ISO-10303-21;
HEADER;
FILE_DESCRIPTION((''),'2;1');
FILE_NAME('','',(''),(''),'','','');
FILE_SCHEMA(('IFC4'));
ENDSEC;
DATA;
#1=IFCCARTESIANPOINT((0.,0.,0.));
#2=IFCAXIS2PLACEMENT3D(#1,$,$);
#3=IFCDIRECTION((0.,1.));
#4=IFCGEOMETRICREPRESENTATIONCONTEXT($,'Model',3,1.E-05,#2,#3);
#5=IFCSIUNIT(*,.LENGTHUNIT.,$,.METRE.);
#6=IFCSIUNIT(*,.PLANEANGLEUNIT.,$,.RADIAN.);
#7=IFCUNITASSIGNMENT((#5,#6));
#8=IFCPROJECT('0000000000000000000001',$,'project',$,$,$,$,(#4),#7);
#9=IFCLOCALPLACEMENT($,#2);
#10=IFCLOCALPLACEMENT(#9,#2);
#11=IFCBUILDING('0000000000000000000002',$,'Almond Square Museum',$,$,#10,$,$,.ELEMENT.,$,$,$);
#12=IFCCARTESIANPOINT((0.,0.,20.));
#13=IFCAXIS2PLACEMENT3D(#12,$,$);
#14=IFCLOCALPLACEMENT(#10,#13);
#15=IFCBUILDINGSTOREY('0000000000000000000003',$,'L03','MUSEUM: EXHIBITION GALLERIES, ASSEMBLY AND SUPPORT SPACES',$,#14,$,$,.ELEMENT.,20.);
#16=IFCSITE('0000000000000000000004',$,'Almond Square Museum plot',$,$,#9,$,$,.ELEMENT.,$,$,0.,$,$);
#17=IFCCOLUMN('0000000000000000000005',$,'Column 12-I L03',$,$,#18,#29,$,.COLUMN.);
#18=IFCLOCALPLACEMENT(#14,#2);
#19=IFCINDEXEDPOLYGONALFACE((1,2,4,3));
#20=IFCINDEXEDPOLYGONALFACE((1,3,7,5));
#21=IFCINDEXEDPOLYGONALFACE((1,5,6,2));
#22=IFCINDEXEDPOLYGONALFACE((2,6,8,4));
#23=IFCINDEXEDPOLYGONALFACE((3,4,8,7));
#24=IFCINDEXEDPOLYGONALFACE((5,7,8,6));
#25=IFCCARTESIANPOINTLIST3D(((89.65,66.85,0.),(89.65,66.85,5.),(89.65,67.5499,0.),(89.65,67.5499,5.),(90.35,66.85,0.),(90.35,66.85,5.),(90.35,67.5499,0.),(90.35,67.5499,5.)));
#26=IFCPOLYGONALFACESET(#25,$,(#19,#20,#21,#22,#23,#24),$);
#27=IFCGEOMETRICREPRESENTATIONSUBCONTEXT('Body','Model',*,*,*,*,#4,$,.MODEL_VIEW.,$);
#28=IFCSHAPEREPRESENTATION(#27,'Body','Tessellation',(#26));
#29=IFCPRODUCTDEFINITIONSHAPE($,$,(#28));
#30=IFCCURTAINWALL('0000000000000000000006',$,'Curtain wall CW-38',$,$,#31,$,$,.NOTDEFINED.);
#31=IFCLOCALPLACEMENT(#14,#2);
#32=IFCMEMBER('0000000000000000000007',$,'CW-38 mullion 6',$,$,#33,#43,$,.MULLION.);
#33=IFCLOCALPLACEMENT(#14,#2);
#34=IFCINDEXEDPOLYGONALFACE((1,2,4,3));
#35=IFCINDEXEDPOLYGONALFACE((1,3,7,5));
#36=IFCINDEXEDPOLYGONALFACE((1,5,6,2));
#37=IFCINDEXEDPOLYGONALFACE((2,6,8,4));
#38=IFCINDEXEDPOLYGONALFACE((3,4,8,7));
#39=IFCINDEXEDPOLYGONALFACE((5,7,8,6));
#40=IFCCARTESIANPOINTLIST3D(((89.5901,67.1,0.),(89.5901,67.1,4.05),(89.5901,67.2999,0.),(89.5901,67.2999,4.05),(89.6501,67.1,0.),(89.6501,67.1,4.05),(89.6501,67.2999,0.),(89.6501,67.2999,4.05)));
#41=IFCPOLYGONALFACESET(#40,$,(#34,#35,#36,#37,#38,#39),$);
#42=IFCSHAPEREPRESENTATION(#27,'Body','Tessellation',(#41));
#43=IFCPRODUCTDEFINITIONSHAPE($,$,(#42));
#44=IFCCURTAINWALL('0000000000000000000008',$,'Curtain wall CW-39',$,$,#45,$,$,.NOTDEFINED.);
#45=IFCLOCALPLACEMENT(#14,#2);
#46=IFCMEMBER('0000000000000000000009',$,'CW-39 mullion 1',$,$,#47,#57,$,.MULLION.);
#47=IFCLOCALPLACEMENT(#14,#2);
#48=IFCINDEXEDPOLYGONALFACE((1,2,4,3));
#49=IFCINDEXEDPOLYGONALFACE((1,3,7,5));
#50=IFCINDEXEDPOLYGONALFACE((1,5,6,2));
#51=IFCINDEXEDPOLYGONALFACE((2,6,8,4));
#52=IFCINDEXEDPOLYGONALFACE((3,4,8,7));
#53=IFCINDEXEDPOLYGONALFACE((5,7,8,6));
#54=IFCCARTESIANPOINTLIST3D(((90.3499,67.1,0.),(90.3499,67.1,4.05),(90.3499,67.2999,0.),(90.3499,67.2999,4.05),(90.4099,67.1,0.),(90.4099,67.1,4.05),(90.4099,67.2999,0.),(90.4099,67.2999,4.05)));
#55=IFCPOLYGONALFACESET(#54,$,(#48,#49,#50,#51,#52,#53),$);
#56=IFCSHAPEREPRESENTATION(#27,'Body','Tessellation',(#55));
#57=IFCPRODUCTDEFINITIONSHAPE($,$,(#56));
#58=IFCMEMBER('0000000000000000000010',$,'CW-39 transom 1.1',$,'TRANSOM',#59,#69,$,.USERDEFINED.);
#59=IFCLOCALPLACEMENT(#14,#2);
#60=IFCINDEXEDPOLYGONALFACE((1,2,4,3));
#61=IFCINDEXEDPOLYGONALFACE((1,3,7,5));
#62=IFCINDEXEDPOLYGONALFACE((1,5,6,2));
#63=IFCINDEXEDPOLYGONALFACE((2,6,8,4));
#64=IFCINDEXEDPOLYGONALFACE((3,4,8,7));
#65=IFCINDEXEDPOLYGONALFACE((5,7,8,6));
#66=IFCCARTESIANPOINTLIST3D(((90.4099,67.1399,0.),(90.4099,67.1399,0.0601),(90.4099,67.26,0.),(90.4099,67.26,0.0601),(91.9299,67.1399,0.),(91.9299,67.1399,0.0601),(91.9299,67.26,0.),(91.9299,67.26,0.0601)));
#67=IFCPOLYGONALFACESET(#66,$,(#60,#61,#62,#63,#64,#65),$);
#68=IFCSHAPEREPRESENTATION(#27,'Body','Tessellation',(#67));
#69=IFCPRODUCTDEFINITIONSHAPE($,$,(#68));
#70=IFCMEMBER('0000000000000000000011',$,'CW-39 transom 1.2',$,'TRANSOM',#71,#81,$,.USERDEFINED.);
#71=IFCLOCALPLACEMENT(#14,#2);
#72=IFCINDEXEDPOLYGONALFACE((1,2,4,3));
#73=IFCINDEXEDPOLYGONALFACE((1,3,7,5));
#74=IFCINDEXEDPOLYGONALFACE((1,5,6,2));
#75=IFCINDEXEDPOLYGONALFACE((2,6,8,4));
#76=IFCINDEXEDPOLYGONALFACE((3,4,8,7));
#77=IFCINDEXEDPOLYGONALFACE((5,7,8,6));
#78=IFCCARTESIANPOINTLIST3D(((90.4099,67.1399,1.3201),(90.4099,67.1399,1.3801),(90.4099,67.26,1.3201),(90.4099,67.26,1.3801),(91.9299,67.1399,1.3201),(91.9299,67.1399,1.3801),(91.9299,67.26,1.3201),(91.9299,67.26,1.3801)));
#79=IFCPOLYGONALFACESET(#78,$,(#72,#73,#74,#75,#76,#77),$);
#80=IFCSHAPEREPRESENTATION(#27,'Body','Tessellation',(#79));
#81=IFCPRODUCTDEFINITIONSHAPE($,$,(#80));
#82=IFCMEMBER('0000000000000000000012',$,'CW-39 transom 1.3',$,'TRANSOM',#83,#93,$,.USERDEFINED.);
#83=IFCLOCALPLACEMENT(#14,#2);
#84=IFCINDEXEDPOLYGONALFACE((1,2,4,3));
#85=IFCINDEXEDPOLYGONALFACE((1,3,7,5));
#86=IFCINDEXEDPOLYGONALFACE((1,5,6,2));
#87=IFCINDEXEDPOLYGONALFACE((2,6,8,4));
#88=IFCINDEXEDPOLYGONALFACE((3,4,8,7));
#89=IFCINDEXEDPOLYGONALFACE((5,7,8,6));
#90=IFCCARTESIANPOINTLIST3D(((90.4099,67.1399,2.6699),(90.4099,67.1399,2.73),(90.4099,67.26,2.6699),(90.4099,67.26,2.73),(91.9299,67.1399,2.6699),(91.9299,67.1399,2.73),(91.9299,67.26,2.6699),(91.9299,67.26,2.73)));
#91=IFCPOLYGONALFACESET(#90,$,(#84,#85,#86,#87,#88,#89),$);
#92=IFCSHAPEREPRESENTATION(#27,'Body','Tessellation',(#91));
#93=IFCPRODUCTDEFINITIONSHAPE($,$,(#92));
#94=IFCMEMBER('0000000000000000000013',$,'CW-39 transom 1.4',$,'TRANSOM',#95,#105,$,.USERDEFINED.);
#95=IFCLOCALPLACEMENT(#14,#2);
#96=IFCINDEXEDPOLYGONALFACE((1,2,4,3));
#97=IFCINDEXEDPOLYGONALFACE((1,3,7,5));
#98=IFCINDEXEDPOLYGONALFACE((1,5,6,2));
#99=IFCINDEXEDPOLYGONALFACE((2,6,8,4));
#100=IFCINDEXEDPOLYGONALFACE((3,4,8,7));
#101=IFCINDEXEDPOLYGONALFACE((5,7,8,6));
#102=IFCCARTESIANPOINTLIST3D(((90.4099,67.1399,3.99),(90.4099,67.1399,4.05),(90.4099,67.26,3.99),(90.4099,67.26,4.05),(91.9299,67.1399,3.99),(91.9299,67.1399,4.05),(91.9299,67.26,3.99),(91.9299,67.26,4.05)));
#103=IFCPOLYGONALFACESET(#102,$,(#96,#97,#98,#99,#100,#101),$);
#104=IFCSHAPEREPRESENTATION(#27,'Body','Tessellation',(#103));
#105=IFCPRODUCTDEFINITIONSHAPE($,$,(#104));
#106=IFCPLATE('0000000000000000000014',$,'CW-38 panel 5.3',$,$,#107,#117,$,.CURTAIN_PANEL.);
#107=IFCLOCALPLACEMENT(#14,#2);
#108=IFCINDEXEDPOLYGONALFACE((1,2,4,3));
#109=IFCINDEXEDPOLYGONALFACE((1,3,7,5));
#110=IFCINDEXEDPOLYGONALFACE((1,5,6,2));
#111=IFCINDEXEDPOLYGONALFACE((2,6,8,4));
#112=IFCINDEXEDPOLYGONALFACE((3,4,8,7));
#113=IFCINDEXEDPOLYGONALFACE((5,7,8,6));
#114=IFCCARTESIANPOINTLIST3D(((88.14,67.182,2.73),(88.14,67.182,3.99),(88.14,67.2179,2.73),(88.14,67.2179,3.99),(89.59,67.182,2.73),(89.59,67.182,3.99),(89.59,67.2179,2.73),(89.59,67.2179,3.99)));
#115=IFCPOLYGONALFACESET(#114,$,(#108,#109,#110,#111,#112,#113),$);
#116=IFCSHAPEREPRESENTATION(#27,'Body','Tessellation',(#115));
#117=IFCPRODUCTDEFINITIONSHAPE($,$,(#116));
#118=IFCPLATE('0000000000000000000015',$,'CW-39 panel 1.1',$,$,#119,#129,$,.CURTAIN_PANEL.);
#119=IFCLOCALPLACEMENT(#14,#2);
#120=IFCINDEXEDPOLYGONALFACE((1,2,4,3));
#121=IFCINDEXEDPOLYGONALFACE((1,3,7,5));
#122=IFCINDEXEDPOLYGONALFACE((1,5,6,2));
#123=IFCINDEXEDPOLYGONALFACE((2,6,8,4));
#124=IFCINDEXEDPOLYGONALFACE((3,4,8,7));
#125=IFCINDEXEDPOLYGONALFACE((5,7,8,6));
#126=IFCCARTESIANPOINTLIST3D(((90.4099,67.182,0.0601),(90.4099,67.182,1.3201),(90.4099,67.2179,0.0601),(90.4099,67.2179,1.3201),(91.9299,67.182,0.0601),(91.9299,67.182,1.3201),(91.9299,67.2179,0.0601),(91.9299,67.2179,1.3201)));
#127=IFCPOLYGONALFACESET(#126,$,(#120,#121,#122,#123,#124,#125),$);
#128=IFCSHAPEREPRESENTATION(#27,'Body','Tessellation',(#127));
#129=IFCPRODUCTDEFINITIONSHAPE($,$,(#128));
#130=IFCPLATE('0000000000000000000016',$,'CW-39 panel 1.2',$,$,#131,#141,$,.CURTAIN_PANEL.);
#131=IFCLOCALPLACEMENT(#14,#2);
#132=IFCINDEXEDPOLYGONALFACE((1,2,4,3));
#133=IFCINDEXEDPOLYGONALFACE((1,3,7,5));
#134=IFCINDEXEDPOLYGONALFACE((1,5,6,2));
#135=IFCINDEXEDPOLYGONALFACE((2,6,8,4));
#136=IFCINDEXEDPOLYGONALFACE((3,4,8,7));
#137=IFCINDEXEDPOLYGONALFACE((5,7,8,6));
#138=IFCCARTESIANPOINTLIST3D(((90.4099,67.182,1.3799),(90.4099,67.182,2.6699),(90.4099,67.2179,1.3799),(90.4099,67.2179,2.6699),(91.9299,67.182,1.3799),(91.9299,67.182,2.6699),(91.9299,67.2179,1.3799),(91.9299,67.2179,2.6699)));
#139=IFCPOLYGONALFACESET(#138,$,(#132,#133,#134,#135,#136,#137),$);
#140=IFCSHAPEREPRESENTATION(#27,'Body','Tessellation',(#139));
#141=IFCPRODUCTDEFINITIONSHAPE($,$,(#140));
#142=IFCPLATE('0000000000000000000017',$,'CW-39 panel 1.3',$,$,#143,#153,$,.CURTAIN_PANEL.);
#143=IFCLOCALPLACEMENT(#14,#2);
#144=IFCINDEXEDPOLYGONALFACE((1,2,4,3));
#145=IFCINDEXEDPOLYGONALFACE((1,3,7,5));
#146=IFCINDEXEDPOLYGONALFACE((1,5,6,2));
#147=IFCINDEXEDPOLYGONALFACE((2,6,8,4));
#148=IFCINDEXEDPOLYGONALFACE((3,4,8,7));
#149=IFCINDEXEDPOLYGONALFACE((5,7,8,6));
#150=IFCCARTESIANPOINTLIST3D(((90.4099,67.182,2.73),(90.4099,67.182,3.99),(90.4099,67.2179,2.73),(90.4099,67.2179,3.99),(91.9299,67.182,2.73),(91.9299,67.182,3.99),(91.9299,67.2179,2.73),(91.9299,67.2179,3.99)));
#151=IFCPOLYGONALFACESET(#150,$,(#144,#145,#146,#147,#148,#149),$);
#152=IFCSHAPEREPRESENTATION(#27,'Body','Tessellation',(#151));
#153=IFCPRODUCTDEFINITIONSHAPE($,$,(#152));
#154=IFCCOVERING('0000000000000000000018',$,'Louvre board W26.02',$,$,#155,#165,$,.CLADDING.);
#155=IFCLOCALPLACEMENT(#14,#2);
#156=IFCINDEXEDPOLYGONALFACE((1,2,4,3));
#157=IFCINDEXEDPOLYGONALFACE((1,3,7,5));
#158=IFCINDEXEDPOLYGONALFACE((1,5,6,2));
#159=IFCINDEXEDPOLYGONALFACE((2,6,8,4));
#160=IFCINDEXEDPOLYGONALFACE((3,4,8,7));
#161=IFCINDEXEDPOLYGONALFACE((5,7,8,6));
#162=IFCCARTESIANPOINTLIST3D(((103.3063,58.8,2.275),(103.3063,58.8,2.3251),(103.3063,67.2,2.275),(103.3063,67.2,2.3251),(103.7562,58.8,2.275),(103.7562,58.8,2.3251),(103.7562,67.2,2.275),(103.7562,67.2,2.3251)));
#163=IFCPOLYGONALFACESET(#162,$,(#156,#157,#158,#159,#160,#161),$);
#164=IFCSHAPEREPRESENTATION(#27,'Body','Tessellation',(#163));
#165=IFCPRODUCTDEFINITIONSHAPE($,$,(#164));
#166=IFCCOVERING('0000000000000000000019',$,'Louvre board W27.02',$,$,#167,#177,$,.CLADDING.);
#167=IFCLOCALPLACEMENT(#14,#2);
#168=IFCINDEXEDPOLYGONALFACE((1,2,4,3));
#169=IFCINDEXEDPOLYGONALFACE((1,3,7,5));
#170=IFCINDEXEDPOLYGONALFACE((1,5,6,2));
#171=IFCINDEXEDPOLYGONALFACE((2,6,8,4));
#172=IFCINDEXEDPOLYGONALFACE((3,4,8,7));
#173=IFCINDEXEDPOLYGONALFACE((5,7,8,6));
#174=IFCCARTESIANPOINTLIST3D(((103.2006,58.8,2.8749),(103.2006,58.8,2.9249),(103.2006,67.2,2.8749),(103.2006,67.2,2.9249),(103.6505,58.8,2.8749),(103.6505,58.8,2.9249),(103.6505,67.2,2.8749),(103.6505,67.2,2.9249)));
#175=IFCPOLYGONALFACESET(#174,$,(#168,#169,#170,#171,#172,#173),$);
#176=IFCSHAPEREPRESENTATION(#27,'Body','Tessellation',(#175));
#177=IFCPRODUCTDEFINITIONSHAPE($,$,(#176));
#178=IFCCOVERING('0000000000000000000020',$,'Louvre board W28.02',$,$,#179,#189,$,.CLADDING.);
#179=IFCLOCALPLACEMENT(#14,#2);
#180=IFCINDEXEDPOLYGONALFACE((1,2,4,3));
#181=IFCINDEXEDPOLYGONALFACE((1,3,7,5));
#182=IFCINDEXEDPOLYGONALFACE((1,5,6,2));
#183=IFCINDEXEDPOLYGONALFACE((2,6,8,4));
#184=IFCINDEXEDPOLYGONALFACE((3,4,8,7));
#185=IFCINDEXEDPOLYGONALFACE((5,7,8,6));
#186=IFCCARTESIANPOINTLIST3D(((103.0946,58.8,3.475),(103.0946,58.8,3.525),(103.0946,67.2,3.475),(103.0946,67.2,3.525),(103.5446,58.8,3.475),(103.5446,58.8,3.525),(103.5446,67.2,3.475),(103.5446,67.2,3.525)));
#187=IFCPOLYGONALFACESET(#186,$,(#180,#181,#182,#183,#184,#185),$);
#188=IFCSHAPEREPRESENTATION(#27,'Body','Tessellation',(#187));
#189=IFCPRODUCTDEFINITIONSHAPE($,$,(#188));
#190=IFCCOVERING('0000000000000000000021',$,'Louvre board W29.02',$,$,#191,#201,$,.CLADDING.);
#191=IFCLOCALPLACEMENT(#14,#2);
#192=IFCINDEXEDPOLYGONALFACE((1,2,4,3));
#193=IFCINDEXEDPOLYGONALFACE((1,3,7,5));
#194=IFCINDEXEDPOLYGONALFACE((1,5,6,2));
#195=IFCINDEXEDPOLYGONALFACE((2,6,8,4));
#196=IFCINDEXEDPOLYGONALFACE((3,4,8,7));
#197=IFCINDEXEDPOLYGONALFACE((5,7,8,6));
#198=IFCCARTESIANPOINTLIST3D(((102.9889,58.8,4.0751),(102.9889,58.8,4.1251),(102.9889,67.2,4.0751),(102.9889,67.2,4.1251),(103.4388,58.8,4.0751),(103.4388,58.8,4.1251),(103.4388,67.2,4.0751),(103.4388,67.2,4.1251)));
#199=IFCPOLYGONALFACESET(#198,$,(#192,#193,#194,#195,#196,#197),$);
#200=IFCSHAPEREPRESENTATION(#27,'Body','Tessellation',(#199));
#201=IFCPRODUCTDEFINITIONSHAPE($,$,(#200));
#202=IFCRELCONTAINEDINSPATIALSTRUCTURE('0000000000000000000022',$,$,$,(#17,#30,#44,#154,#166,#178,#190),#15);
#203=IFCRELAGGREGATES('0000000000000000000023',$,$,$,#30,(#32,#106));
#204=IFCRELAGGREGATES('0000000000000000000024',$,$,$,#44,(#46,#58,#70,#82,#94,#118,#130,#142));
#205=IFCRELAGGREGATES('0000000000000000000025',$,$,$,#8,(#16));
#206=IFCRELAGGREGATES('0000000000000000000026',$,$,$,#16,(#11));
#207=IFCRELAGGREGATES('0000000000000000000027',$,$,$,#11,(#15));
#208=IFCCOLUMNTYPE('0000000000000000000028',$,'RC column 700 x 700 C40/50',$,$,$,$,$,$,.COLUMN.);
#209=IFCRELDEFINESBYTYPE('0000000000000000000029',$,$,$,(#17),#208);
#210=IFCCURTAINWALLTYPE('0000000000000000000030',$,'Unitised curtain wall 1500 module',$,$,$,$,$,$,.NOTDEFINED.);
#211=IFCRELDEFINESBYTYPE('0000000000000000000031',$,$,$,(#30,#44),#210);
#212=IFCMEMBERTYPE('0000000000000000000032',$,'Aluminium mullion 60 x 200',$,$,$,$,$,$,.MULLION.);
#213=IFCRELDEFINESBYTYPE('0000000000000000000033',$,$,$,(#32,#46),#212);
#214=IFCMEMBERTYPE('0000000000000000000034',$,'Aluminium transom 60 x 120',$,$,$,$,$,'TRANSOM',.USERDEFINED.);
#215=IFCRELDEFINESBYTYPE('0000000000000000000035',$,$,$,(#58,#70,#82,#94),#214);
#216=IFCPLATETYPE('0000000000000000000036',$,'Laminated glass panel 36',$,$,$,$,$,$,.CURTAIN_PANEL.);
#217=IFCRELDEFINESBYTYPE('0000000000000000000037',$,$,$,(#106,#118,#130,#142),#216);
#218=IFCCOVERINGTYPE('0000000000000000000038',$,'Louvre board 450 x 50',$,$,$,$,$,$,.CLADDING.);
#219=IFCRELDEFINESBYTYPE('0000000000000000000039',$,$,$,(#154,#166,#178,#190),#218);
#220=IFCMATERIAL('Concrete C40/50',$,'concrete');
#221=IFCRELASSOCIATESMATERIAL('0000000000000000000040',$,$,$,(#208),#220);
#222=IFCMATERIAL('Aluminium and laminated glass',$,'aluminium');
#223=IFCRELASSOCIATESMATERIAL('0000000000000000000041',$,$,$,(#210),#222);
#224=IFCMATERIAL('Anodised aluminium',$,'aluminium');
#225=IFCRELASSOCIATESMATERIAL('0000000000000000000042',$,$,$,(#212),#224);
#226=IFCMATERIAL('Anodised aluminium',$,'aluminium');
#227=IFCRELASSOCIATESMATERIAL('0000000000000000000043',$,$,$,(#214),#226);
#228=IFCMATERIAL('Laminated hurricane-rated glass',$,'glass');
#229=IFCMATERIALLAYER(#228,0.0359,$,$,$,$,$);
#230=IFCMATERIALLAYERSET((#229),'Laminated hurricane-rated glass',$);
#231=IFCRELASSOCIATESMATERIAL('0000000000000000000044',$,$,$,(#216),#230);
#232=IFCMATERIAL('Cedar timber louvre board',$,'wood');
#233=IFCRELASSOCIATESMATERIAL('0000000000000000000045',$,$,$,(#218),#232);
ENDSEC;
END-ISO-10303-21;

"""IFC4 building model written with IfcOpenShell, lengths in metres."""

from ifc_helpers import new_model, si_unit, direction, frame, origin, origin_2d, place, context, subcontext, project, spatial, rectangle, extrude, material, layer, layer_set, material_profile, profile_set, type_object, element, aggregate, save


model = new_model("IFC4")

# Units and contexts
model_context = context("Model", 3, precision=1e-05, world=origin(), true_north=direction((0.0, 1.0)))
body_context = subcontext(model_context, "Body", "Model", "MODEL_VIEW")
ifc_project = project(units=[si_unit("LENGTHUNIT", "METRE"), si_unit("PLANEANGLEUNIT", "RADIAN")], contexts=[model_context])

# Site, building, storey
site_placement = place(None, origin())
site = spatial("IfcSite", under=ifc_project, at=site_placement, Name="Almond Square Museum plot", CompositionType="ELEMENT", RefElevation=0.0)
building_placement = place(site_placement, origin())
building = spatial("IfcBuilding", under=site, at=building_placement, Name="Almond Square Museum", CompositionType="ELEMENT")
storey_placement = place(building_placement, frame((0.0, 0.0, 20.0)))
storey = spatial("IfcBuildingStorey", under=building, at=storey_placement, Name="L03", Description="MUSEUM: EXHIBITION GALLERIES, ASSEMBLY AND SUPPORT SPACES", CompositionType="ELEMENT", Elevation=20.0)

# Column
ifc_material_1 = material(Name="Concrete C40/50", Category="concrete")
ifc_material_profile_1 = material_profile(ifc_material_1, rectangle(XDim=0.7, YDim=0.7, at=origin_2d()))
ifc_profile_set_1 = profile_set([ifc_material_profile_1], Name="Concrete C40/50")
column_type = type_object("IfcColumnType", Name="RC column 700 x 700 C40/50", PredefinedType="COLUMN", material=ifc_profile_set_1)
column_placement = place(storey_placement, frame((90.0, 67.2, 0.0), z_axis=(0.0, 0.0, 1.0), x_axis=(1.0, 0.0, 0.0)))
element("IfcColumn", 1, at=column_placement, inside=storey, type_object=column_type, Name="Column 12-I L03", PredefinedType="COLUMN", context=body_context, shape_type="SweptSolid", body=[
    extrude(rectangle(XDim=0.7, YDim=0.7, at=origin_2d()), origin(), (0.0, 0.0, 1.0), 5.0),
])

# Curtain wall, member
ifc_material_2 = material(Name="Aluminium and laminated glass", Category="aluminium")
curtain_wall_type = type_object("IfcCurtainWallType", Name="Unitised curtain wall 1500 module", PredefinedType="NOTDEFINED", material=ifc_material_2)
curtain_wall_1_placement = place(storey_placement, origin())
curtain_wall_1 = element("IfcCurtainWall", 2, at=curtain_wall_1_placement, inside=storey, type_object=curtain_wall_type, Name="Curtain wall CW-38", PredefinedType="NOTDEFINED")
ifc_material_3 = material(Name="Anodised aluminium", Category="aluminium")
ifc_material_profile_2 = material_profile(ifc_material_3, rectangle(XDim=0.2, YDim=0.0601, at=origin_2d()))
ifc_profile_set_2 = profile_set([ifc_material_profile_2], Name="Anodised aluminium")
member_type_1 = type_object("IfcMemberType", Name="Aluminium mullion 60 x 200", PredefinedType="MULLION", material=ifc_profile_set_2)
member_1_placement = place(storey_placement, frame((89.6201, 67.2, 0.0), z_axis=(0.0, 0.0, 1.0), x_axis=(0.0, 1.0, 0.0)))
member_1 = element("IfcMember", 3, at=member_1_placement, type_object=member_type_1, Name="CW-38 mullion 6", PredefinedType="MULLION", context=body_context, shape_type="SweptSolid", body=[
    extrude(rectangle(XDim=0.2, YDim=0.0601, at=origin_2d()), origin(), (0.0, 0.0, 1.0), 4.05),
])

# Curtain wall, members
curtain_wall_2_placement = place(storey_placement, origin())
curtain_wall_2 = element("IfcCurtainWall", 4, at=curtain_wall_2_placement, inside=storey, type_object=curtain_wall_type, Name="Curtain wall CW-39", PredefinedType="NOTDEFINED")
member_2_placement = place(storey_placement, frame((90.3799, 67.2, 0.0), z_axis=(0.0, 0.0, 1.0), x_axis=(0.0, 1.0, 0.0)))
member_2 = element("IfcMember", 5, at=member_2_placement, type_object=member_type_1, Name="CW-39 mullion 1", PredefinedType="MULLION", context=body_context, shape_type="SweptSolid", body=[
    extrude(rectangle(XDim=0.2, YDim=0.0601, at=origin_2d()), origin(), (0.0, 0.0, 1.0), 4.05),
])
ifc_material_4 = material(Name="Anodised aluminium", Category="aluminium")
ifc_material_profile_3 = material_profile(ifc_material_4, rectangle(XDim=0.1201, YDim=0.0601, at=origin_2d()))
ifc_profile_set_3 = profile_set([ifc_material_profile_3], Name="Anodised aluminium")
member_type_2 = type_object("IfcMemberType", Name="Aluminium transom 60 x 120", ElementType="TRANSOM", PredefinedType="USERDEFINED", material=ifc_profile_set_3)
member_3_placement = place(storey_placement, frame((90.4099, 67.2, 0.03), z_axis=(1.0, 0.0, 0.0), x_axis=(0.0, 1.0, 0.0)))
member_3 = element("IfcMember", 6, at=member_3_placement, type_object=member_type_2, Name="CW-39 transom 1.1", ObjectType="TRANSOM", PredefinedType="USERDEFINED", context=body_context, shape_type="SweptSolid", body=[
    extrude(rectangle(XDim=0.1201, YDim=0.0601, at=origin_2d()), origin(), (0.0, 0.0, 1.0), 1.52),
])
member_4_placement = place(storey_placement, frame((90.4099, 67.2, 1.3501), z_axis=(1.0, 0.0, 0.0), x_axis=(0.0, 1.0, 0.0)))
member_4 = element("IfcMember", 7, at=member_4_placement, type_object=member_type_2, Name="CW-39 transom 1.2", ObjectType="TRANSOM", PredefinedType="USERDEFINED", context=body_context, shape_type="SweptSolid", body=[
    extrude(rectangle(XDim=0.1201, YDim=0.0601, at=origin_2d()), origin(), (0.0, 0.0, 1.0), 1.52),
])
member_5_placement = place(storey_placement, frame((90.4099, 67.2, 2.7), z_axis=(1.0, 0.0, 0.0), x_axis=(0.0, 1.0, 0.0)))
member_5 = element("IfcMember", 8, at=member_5_placement, type_object=member_type_2, Name="CW-39 transom 1.3", ObjectType="TRANSOM", PredefinedType="USERDEFINED", context=body_context, shape_type="SweptSolid", body=[
    extrude(rectangle(XDim=0.1201, YDim=0.0601, at=origin_2d()), origin(), (0.0, 0.0, 1.0), 1.52),
])
member_6_placement = place(storey_placement, frame((90.4099, 67.2, 4.02), z_axis=(1.0, 0.0, 0.0), x_axis=(0.0, 1.0, 0.0)))
member_6 = element("IfcMember", 9, at=member_6_placement, type_object=member_type_2, Name="CW-39 transom 1.4", ObjectType="TRANSOM", PredefinedType="USERDEFINED", context=body_context, shape_type="SweptSolid", body=[
    extrude(rectangle(XDim=0.1201, YDim=0.0601, at=origin_2d()), origin(), (0.0, 0.0, 1.0), 1.52),
])

# Plates
ifc_material_5 = material(Name="Laminated hurricane-rated glass", Category="glass")
ifc_layer_1 = layer(ifc_material_5, 0.0359)
ifc_layer_set_1 = layer_set([ifc_layer_1], Name="Laminated hurricane-rated glass")
plate_type = type_object("IfcPlateType", Name="Laminated glass panel 36", PredefinedType="CURTAIN_PANEL", material=ifc_layer_set_1)
plate_1_placement = place(storey_placement, frame((88.865, 67.2, 2.73), z_axis=(0.0, 0.0, 1.0), x_axis=(1.0, 0.0, 0.0)))
plate_1 = element("IfcPlate", 10, at=plate_1_placement, type_object=plate_type, Name="CW-38 panel 5.3", PredefinedType="CURTAIN_PANEL", context=body_context, shape_type="SweptSolid", body=[
    extrude(rectangle(XDim=1.45, YDim=0.0359, at=origin_2d()), origin(), (0.0, 0.0, 1.0), 1.26),
])
aggregate(curtain_wall_1, [member_1, plate_1])
plate_2_placement = place(storey_placement, frame((91.1699, 67.2, 0.0601), z_axis=(0.0, 0.0, 1.0), x_axis=(1.0, 0.0, 0.0)))
plate_2 = element("IfcPlate", 11, at=plate_2_placement, type_object=plate_type, Name="CW-39 panel 1.1", PredefinedType="CURTAIN_PANEL", context=body_context, shape_type="SweptSolid", body=[
    extrude(rectangle(XDim=1.52, YDim=0.0359, at=origin_2d()), origin(), (0.0, 0.0, 1.0), 1.26),
])
plate_3_placement = place(storey_placement, frame((91.1699, 67.2, 1.3799), z_axis=(0.0, 0.0, 1.0), x_axis=(1.0, 0.0, 0.0)))
plate_3 = element("IfcPlate", 12, at=plate_3_placement, type_object=plate_type, Name="CW-39 panel 1.2", PredefinedType="CURTAIN_PANEL", context=body_context, shape_type="SweptSolid", body=[
    extrude(rectangle(XDim=1.52, YDim=0.0359, at=origin_2d()), origin(), (0.0, 0.0, 1.0), 1.29),
])
plate_4_placement = place(storey_placement, frame((91.1699, 67.2, 2.73), z_axis=(0.0, 0.0, 1.0), x_axis=(1.0, 0.0, 0.0)))
plate_4 = element("IfcPlate", 13, at=plate_4_placement, type_object=plate_type, Name="CW-39 panel 1.3", PredefinedType="CURTAIN_PANEL", context=body_context, shape_type="SweptSolid", body=[
    extrude(rectangle(XDim=1.52, YDim=0.0359, at=origin_2d()), origin(), (0.0, 0.0, 1.0), 1.26),
])
aggregate(curtain_wall_2, [member_2, member_3, member_4, member_5, member_6, plate_2, plate_3, plate_4])

# Coverings
ifc_material_6 = material(Name="Cedar timber louvre board", Category="wood")
ifc_material_profile_4 = material_profile(ifc_material_6, rectangle(XDim=0.45, YDim=0.05, at=origin_2d()))
ifc_profile_set_4 = profile_set([ifc_material_profile_4], Name="Cedar timber louvre board")
covering_type_1 = type_object("IfcCoveringType", Name="Louvre board 450 x 50", PredefinedType="CLADDING", material=ifc_profile_set_4)
for number, where, z_axis, x_axis, name in (
    (14, (103.5312, 58.8, 2.3), (0.0, 1.0, 0.0), (-1.0, 0.0, 0.0), "Louvre board W26.02"),
    (15, (103.4255, 58.8, 2.8999), (0.0, 1.0, 0.0), (-1.0, 0.0, 0.0), "Louvre board W27.02"),
    (16, (103.3196, 58.8, 3.5), (0.0, 1.0, 0.0), (-1.0, 0.0, 0.0), "Louvre board W28.02"),
    (17, (103.2139, 58.8, 4.1001), (0.0, 1.0, 0.0), (-1.0, 0.0, 0.0), "Louvre board W29.02"),
):
    element("IfcCovering", number, at=place(storey_placement, frame(where, z_axis=z_axis, x_axis=x_axis)), inside=storey, type_object=covering_type_1, Name=name, PredefinedType="CLADDING", context=body_context, shape_type="SweptSolid", body=[
        extrude(rectangle(XDim=0.45, YDim=0.05, at=origin_2d()), origin(), (0.0, 0.0, 1.0), 8.3999),
    ])

save(model, "model.ifc")
